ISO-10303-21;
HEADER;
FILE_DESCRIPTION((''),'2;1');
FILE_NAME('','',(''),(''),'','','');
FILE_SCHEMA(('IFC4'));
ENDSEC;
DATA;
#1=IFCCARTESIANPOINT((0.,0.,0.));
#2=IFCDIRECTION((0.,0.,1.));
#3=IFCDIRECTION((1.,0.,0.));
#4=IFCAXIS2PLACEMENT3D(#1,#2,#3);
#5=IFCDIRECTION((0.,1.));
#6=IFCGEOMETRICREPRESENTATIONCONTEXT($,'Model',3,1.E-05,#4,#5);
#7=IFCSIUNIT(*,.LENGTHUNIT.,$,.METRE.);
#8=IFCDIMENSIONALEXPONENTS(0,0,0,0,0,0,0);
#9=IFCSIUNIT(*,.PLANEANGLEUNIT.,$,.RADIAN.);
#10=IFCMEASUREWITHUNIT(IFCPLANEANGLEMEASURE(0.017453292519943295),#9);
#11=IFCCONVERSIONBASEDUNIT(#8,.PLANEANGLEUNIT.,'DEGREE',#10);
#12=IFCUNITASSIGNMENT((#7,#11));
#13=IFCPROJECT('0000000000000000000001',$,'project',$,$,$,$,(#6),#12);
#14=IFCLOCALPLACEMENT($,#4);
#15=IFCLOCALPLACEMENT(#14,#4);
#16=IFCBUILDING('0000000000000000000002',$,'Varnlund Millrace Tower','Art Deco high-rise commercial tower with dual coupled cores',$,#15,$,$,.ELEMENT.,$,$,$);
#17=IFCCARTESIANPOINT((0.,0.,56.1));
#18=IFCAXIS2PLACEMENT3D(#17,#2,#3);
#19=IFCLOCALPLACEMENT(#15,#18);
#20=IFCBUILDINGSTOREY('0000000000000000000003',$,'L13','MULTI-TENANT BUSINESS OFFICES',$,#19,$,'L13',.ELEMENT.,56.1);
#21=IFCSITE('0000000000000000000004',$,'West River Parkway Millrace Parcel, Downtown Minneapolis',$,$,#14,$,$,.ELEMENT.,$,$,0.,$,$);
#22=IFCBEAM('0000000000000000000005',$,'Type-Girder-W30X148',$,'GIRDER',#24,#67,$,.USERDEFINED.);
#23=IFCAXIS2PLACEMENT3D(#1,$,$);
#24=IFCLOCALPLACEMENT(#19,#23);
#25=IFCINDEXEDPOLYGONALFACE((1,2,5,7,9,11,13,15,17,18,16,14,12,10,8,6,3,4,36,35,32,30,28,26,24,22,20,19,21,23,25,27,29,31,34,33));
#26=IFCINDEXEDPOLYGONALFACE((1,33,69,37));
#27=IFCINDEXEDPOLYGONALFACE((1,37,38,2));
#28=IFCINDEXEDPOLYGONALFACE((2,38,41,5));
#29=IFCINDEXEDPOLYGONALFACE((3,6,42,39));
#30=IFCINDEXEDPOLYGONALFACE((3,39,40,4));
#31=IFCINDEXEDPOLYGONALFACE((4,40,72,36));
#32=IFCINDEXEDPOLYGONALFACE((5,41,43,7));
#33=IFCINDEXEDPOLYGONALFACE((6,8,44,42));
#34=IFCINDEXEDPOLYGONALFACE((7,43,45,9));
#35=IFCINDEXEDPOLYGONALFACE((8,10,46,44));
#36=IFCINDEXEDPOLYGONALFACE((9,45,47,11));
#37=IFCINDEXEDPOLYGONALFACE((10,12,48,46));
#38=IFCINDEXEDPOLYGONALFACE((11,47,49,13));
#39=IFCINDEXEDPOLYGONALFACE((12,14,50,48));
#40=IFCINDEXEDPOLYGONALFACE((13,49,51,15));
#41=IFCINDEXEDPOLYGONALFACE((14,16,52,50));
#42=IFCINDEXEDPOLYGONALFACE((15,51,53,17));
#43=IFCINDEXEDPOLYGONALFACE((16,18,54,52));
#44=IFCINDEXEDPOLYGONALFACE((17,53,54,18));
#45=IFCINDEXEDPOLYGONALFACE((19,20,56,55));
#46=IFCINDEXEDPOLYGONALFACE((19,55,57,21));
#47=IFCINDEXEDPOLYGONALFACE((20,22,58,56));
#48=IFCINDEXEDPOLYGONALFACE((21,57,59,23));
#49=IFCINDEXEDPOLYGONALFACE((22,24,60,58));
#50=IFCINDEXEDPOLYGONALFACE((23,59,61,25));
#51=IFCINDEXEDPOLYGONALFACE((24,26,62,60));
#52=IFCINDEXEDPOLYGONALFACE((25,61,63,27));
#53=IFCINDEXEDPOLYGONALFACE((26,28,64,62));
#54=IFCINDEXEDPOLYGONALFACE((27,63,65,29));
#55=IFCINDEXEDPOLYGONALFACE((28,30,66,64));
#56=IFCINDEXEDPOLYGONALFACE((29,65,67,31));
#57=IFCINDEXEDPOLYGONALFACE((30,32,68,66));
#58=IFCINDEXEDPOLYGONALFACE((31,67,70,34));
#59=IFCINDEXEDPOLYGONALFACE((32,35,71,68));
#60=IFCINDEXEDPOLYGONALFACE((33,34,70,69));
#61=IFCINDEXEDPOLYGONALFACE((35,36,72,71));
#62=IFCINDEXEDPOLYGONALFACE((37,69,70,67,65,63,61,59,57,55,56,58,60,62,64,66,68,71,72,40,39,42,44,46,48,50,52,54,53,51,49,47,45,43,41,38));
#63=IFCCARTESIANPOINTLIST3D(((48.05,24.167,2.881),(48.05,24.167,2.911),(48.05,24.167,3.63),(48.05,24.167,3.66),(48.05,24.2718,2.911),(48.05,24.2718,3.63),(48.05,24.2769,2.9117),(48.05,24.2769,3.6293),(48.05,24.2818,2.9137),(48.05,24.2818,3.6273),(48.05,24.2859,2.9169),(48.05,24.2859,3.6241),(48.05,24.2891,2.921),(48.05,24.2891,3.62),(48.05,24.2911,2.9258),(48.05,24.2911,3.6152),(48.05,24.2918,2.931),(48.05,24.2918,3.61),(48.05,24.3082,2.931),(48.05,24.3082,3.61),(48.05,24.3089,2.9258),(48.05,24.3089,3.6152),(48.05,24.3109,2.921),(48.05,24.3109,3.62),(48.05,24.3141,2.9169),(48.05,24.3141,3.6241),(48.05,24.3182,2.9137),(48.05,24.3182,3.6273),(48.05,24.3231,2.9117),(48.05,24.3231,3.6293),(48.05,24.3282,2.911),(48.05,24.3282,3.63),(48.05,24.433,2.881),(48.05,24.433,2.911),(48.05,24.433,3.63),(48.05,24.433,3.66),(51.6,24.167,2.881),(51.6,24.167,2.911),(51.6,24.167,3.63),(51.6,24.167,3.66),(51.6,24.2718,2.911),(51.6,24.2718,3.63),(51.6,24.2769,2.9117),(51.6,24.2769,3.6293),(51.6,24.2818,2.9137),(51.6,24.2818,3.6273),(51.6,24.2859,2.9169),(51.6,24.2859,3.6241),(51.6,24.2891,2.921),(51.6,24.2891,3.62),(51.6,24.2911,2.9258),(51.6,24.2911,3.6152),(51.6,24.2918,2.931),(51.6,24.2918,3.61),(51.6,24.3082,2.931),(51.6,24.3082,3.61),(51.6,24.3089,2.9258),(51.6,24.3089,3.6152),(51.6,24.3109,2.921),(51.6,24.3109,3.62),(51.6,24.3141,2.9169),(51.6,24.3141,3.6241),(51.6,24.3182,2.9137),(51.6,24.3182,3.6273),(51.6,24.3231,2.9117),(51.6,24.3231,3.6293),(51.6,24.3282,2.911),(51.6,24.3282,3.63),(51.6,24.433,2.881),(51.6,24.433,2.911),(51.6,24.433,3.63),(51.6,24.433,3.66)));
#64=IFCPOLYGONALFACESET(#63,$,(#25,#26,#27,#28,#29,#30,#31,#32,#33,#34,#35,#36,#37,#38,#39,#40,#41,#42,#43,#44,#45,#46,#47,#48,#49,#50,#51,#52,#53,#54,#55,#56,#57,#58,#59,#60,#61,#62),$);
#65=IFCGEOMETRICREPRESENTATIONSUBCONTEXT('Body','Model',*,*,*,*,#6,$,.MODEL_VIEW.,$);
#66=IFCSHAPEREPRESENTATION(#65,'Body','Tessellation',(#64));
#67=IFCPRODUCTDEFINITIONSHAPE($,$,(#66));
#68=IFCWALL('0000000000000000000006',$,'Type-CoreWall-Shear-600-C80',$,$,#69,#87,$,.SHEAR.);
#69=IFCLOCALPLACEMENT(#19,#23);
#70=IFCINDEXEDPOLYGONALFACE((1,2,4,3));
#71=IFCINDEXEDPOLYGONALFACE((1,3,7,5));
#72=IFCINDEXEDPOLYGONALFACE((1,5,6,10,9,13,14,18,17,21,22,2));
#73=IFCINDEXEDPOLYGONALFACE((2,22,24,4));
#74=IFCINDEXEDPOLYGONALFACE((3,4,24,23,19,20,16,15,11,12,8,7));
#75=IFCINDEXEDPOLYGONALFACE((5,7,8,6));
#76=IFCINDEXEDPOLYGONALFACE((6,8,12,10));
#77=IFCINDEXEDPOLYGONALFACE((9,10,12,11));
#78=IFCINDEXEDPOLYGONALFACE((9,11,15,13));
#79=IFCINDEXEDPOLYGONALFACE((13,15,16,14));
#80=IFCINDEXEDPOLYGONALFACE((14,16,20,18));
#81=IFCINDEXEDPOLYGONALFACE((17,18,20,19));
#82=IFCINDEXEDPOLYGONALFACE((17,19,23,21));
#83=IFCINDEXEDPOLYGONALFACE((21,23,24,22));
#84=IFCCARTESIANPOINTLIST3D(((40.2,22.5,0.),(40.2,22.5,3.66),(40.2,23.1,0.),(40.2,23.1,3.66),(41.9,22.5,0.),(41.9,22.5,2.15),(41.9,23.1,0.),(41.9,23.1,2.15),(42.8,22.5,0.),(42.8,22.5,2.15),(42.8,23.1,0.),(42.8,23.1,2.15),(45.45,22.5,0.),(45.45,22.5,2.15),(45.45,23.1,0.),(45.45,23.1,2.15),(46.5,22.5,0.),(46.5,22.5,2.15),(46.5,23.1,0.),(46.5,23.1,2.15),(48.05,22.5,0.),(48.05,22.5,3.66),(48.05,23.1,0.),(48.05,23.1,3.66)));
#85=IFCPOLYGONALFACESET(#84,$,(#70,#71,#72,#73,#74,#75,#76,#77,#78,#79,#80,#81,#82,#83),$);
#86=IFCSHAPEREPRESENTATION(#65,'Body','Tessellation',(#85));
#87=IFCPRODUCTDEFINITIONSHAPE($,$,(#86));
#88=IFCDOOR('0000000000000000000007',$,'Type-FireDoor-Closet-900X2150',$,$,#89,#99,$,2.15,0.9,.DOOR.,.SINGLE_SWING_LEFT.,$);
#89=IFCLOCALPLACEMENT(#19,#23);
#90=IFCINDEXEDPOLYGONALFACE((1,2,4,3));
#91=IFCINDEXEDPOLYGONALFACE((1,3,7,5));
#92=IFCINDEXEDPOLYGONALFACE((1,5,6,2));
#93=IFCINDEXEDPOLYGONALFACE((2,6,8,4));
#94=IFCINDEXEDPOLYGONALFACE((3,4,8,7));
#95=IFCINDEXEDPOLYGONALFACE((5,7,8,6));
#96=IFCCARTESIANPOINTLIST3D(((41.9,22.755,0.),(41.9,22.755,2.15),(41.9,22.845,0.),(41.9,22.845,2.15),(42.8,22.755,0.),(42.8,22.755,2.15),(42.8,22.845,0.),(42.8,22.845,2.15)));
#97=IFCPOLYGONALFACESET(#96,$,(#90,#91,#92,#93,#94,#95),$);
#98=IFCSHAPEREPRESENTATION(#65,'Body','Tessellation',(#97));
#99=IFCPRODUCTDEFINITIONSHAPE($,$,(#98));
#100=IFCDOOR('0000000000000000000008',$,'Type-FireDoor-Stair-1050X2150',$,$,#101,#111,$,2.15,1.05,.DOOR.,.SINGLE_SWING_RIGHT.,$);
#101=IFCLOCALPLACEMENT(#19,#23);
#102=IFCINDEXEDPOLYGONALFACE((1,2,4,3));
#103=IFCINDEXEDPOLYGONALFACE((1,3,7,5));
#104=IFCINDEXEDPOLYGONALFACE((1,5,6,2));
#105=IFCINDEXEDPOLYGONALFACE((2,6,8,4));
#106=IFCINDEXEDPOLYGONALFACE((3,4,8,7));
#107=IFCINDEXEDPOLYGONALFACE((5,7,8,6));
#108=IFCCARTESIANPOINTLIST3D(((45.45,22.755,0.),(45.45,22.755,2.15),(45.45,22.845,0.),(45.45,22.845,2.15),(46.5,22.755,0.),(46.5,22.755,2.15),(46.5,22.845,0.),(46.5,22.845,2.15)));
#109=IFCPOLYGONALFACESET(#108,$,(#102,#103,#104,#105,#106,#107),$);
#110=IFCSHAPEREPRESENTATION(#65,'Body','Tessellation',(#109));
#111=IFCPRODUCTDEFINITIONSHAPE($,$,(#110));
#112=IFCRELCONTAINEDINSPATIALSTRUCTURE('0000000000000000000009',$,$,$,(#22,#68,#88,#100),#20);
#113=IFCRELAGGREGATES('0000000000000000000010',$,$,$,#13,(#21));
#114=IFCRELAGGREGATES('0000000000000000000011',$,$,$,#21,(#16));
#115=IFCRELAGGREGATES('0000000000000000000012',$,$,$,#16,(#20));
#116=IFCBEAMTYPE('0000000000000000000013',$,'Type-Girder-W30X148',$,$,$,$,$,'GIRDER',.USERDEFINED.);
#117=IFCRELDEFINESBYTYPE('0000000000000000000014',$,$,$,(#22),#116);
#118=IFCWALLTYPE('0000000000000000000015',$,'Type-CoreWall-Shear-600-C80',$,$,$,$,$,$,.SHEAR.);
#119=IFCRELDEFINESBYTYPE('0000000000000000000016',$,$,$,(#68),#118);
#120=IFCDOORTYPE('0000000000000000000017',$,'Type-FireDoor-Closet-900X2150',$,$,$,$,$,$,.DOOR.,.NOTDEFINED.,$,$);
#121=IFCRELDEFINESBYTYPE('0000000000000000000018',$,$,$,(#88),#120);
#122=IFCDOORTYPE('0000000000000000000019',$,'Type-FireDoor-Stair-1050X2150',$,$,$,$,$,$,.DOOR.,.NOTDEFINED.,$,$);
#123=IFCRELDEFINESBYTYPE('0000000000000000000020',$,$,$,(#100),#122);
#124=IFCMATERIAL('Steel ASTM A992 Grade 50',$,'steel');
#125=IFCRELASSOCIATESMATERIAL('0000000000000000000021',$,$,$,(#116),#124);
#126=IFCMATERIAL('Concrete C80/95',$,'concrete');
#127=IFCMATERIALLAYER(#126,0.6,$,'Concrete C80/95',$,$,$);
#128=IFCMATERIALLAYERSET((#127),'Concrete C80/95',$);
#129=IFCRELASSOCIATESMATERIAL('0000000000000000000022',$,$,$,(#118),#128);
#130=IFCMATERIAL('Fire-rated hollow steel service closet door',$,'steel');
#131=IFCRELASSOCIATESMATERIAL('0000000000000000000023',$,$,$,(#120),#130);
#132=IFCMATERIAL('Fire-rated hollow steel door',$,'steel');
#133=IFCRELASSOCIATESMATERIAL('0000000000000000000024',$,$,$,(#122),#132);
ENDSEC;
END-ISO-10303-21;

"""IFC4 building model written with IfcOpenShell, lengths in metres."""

from ifc_helpers import new_model, entity, si_unit, converted_unit, direction, frame, origin_with_axes, origin_2d_with_axis, place, context, subcontext, project, spatial, polyline, rectangle, i_section, outline, extrude, material, layer, layer_set, material_profile, profile_set, type_object, element, fill, save


model = new_model("IFC4")

# Units and contexts
model_context = context("Model", 3, precision=1e-05, world=origin_with_axes(), true_north=direction((0.0, 1.0)))
body_context = subcontext(model_context, "Body", "Model", "MODEL_VIEW")
ifc_project = project(units=[si_unit("LENGTHUNIT", "METRE"), converted_unit("PLANEANGLEUNIT", "DEGREE", entity("IfcPlaneAngleMeasure", 0.017453292519943295), si_unit("PLANEANGLEUNIT", "RADIAN"), dimensions=[0, 0, 0, 0, 0, 0, 0])], contexts=[model_context])

# Site, building, storey
site_placement = place(None, origin_with_axes())
site = spatial("IfcSite", under=ifc_project, at=site_placement, Name="West River Parkway Millrace Parcel, Downtown Minneapolis", CompositionType="ELEMENT", RefElevation=0.0)
building_placement = place(site_placement, origin_with_axes())
building = spatial("IfcBuilding", under=site, at=building_placement, Name="Varnlund Millrace Tower", Description="Art Deco high-rise commercial tower with dual coupled cores", CompositionType="ELEMENT")
storey_placement = place(building_placement, frame((0.0, 0.0, 56.1), z_axis=(0.0, 0.0, 1.0), x_axis=(1.0, 0.0, 0.0)))
storey = spatial("IfcBuildingStorey", under=building, at=storey_placement, Name="L13", Description="MULTI-TENANT BUSINESS OFFICES", LongName="L13", CompositionType="ELEMENT", Elevation=56.1)

# Shared definitions
ifc_material_1 = material(Name="Concrete C80/95", Category="concrete")

# Beam
ifc_material_2 = material(Name="Steel ASTM A992 Grade 50", Category="steel")
ifc_material_profile_1 = material_profile(ifc_material_2, i_section(OverallWidth=0.266, OverallDepth=0.779, WebThickness=0.0165, FlangeThickness=0.03, FilletRadius=0.02, at=origin_2d_with_axis()), Name="Steel ASTM A992 Grade 50")
ifc_profile_set_1 = profile_set([ifc_material_profile_1], Name="Steel ASTM A992 Grade 50")
beam_type_1 = type_object("IfcBeamType", Name="Type-Girder-W30X148", ElementType="GIRDER", PredefinedType="USERDEFINED", material=ifc_profile_set_1)
beam_1_placement = place(storey_placement, frame((48.05, 24.3, 3.2705), z_axis=(1.0, 0.0, 0.0), x_axis=(0.0, 1.0, 0.0)))
element("IfcBeam", 1, at=beam_1_placement, inside=storey, type_object=beam_type_1, Name="Type-Girder-W30X148", ObjectType="GIRDER", PredefinedType="USERDEFINED", context=body_context, shape_type="SweptSolid", body=[
    extrude(i_section(OverallWidth=0.266, OverallDepth=0.779, WebThickness=0.0165, FlangeThickness=0.03, FilletRadius=0.02, at=origin_2d_with_axis()), origin_with_axes(), (0.0, 0.0, 1.0), 3.55),
])

# Wall, openings, doors
ifc_layer_1 = layer(ifc_material_1, 0.6, Name="Concrete C80/95")
ifc_layer_set_1 = layer_set([ifc_layer_1], Name="Concrete C80/95")
wall_type_1 = type_object("IfcWallType", Name="Type-CoreWall-Shear-600-C80", PredefinedType="SHEAR", material=ifc_layer_set_1)
wall_1_placement = place(storey_placement, frame((40.2, 22.8, 0.0), z_axis=(0.0, 0.0, 1.0), x_axis=(1.0, 0.0, 0.0)))
wall_1 = element("IfcWall", 2, at=wall_1_placement, inside=storey, type_object=wall_type_1, Name="Type-CoreWall-Shear-600-C80", PredefinedType="SHEAR", context=body_context, shape_type="SweptSolid", body=[
    extrude(outline(polyline([(0.0, -0.3), (7.85, -0.3), (7.85, 0.3), (0.0, 0.3), (0.0, -0.3)])), origin_with_axes(), (0.0, 0.0, 1.0), 3.66),
])
opening_1_placement = place(wall_1_placement, frame((5.775, 0.0, 0.0), z_axis=(0.0, 0.0, 1.0), x_axis=(1.0, 0.0, 0.0)))
opening_1 = element("IfcOpeningElement", 3, at=opening_1_placement, cuts=wall_1, PredefinedType="OPENING", context=body_context, shape_type="SweptSolid", body=[
    extrude(rectangle(XDim=1.05, YDim=0.62, at=origin_2d_with_axis()), origin_with_axes(), (0.0, 0.0, 1.0), 2.15),
])
opening_2_placement = place(wall_1_placement, frame((2.15, 0.0, 0.0), z_axis=(0.0, 0.0, 1.0), x_axis=(1.0, 0.0, 0.0)))
opening_2 = element("IfcOpeningElement", 4, at=opening_2_placement, cuts=wall_1, PredefinedType="OPENING", context=body_context, shape_type="SweptSolid", body=[
    extrude(rectangle(XDim=0.9, YDim=0.62, at=origin_2d_with_axis()), origin_with_axes(), (0.0, 0.0, 1.0), 2.15),
])
ifc_material_3 = material(Name="Fire-rated hollow steel service closet door", Category="steel")
door_type_1 = type_object("IfcDoorType", Name="Type-FireDoor-Closet-900X2150", OperationType="NOTDEFINED", PredefinedType="DOOR", material=ifc_material_3)
door_1_placement = place(wall_1_placement, frame((2.15, 0.0, 0.0), z_axis=(0.0, 0.0, 1.0), x_axis=(1.0, 0.0, 0.0)))
door_1 = element("IfcDoor", 5, at=door_1_placement, inside=storey, type_object=door_type_1, Name="Type-FireDoor-Closet-900X2150", OperationType="SINGLE_SWING_LEFT", OverallHeight=2.15, OverallWidth=0.9, PredefinedType="DOOR", context=body_context, shape_type="SweptSolid", body=[
    extrude(rectangle(XDim=0.9, YDim=0.09, at=origin_2d_with_axis()), origin_with_axes(), (0.0, 0.0, 1.0), 2.15),
])
fill(opening_2, door_1)
ifc_material_4 = material(Name="Fire-rated hollow steel door", Category="steel")
door_type_2 = type_object("IfcDoorType", Name="Type-FireDoor-Stair-1050X2150", OperationType="NOTDEFINED", PredefinedType="DOOR", material=ifc_material_4)
door_2_placement = place(wall_1_placement, frame((5.775, 0.0, 0.0), z_axis=(0.0, 0.0, 1.0), x_axis=(1.0, 0.0, 0.0)))
door_2 = element("IfcDoor", 6, at=door_2_placement, inside=storey, type_object=door_type_2, Name="Type-FireDoor-Stair-1050X2150", OperationType="SINGLE_SWING_RIGHT", OverallHeight=2.15, OverallWidth=1.05, PredefinedType="DOOR", context=body_context, shape_type="SweptSolid", body=[
    extrude(rectangle(XDim=1.05, YDim=0.09, at=origin_2d_with_axis()), origin_with_axes(), (0.0, 0.0, 1.0), 2.15),
])
fill(opening_1, door_2)

save(model, "model.ifc")
